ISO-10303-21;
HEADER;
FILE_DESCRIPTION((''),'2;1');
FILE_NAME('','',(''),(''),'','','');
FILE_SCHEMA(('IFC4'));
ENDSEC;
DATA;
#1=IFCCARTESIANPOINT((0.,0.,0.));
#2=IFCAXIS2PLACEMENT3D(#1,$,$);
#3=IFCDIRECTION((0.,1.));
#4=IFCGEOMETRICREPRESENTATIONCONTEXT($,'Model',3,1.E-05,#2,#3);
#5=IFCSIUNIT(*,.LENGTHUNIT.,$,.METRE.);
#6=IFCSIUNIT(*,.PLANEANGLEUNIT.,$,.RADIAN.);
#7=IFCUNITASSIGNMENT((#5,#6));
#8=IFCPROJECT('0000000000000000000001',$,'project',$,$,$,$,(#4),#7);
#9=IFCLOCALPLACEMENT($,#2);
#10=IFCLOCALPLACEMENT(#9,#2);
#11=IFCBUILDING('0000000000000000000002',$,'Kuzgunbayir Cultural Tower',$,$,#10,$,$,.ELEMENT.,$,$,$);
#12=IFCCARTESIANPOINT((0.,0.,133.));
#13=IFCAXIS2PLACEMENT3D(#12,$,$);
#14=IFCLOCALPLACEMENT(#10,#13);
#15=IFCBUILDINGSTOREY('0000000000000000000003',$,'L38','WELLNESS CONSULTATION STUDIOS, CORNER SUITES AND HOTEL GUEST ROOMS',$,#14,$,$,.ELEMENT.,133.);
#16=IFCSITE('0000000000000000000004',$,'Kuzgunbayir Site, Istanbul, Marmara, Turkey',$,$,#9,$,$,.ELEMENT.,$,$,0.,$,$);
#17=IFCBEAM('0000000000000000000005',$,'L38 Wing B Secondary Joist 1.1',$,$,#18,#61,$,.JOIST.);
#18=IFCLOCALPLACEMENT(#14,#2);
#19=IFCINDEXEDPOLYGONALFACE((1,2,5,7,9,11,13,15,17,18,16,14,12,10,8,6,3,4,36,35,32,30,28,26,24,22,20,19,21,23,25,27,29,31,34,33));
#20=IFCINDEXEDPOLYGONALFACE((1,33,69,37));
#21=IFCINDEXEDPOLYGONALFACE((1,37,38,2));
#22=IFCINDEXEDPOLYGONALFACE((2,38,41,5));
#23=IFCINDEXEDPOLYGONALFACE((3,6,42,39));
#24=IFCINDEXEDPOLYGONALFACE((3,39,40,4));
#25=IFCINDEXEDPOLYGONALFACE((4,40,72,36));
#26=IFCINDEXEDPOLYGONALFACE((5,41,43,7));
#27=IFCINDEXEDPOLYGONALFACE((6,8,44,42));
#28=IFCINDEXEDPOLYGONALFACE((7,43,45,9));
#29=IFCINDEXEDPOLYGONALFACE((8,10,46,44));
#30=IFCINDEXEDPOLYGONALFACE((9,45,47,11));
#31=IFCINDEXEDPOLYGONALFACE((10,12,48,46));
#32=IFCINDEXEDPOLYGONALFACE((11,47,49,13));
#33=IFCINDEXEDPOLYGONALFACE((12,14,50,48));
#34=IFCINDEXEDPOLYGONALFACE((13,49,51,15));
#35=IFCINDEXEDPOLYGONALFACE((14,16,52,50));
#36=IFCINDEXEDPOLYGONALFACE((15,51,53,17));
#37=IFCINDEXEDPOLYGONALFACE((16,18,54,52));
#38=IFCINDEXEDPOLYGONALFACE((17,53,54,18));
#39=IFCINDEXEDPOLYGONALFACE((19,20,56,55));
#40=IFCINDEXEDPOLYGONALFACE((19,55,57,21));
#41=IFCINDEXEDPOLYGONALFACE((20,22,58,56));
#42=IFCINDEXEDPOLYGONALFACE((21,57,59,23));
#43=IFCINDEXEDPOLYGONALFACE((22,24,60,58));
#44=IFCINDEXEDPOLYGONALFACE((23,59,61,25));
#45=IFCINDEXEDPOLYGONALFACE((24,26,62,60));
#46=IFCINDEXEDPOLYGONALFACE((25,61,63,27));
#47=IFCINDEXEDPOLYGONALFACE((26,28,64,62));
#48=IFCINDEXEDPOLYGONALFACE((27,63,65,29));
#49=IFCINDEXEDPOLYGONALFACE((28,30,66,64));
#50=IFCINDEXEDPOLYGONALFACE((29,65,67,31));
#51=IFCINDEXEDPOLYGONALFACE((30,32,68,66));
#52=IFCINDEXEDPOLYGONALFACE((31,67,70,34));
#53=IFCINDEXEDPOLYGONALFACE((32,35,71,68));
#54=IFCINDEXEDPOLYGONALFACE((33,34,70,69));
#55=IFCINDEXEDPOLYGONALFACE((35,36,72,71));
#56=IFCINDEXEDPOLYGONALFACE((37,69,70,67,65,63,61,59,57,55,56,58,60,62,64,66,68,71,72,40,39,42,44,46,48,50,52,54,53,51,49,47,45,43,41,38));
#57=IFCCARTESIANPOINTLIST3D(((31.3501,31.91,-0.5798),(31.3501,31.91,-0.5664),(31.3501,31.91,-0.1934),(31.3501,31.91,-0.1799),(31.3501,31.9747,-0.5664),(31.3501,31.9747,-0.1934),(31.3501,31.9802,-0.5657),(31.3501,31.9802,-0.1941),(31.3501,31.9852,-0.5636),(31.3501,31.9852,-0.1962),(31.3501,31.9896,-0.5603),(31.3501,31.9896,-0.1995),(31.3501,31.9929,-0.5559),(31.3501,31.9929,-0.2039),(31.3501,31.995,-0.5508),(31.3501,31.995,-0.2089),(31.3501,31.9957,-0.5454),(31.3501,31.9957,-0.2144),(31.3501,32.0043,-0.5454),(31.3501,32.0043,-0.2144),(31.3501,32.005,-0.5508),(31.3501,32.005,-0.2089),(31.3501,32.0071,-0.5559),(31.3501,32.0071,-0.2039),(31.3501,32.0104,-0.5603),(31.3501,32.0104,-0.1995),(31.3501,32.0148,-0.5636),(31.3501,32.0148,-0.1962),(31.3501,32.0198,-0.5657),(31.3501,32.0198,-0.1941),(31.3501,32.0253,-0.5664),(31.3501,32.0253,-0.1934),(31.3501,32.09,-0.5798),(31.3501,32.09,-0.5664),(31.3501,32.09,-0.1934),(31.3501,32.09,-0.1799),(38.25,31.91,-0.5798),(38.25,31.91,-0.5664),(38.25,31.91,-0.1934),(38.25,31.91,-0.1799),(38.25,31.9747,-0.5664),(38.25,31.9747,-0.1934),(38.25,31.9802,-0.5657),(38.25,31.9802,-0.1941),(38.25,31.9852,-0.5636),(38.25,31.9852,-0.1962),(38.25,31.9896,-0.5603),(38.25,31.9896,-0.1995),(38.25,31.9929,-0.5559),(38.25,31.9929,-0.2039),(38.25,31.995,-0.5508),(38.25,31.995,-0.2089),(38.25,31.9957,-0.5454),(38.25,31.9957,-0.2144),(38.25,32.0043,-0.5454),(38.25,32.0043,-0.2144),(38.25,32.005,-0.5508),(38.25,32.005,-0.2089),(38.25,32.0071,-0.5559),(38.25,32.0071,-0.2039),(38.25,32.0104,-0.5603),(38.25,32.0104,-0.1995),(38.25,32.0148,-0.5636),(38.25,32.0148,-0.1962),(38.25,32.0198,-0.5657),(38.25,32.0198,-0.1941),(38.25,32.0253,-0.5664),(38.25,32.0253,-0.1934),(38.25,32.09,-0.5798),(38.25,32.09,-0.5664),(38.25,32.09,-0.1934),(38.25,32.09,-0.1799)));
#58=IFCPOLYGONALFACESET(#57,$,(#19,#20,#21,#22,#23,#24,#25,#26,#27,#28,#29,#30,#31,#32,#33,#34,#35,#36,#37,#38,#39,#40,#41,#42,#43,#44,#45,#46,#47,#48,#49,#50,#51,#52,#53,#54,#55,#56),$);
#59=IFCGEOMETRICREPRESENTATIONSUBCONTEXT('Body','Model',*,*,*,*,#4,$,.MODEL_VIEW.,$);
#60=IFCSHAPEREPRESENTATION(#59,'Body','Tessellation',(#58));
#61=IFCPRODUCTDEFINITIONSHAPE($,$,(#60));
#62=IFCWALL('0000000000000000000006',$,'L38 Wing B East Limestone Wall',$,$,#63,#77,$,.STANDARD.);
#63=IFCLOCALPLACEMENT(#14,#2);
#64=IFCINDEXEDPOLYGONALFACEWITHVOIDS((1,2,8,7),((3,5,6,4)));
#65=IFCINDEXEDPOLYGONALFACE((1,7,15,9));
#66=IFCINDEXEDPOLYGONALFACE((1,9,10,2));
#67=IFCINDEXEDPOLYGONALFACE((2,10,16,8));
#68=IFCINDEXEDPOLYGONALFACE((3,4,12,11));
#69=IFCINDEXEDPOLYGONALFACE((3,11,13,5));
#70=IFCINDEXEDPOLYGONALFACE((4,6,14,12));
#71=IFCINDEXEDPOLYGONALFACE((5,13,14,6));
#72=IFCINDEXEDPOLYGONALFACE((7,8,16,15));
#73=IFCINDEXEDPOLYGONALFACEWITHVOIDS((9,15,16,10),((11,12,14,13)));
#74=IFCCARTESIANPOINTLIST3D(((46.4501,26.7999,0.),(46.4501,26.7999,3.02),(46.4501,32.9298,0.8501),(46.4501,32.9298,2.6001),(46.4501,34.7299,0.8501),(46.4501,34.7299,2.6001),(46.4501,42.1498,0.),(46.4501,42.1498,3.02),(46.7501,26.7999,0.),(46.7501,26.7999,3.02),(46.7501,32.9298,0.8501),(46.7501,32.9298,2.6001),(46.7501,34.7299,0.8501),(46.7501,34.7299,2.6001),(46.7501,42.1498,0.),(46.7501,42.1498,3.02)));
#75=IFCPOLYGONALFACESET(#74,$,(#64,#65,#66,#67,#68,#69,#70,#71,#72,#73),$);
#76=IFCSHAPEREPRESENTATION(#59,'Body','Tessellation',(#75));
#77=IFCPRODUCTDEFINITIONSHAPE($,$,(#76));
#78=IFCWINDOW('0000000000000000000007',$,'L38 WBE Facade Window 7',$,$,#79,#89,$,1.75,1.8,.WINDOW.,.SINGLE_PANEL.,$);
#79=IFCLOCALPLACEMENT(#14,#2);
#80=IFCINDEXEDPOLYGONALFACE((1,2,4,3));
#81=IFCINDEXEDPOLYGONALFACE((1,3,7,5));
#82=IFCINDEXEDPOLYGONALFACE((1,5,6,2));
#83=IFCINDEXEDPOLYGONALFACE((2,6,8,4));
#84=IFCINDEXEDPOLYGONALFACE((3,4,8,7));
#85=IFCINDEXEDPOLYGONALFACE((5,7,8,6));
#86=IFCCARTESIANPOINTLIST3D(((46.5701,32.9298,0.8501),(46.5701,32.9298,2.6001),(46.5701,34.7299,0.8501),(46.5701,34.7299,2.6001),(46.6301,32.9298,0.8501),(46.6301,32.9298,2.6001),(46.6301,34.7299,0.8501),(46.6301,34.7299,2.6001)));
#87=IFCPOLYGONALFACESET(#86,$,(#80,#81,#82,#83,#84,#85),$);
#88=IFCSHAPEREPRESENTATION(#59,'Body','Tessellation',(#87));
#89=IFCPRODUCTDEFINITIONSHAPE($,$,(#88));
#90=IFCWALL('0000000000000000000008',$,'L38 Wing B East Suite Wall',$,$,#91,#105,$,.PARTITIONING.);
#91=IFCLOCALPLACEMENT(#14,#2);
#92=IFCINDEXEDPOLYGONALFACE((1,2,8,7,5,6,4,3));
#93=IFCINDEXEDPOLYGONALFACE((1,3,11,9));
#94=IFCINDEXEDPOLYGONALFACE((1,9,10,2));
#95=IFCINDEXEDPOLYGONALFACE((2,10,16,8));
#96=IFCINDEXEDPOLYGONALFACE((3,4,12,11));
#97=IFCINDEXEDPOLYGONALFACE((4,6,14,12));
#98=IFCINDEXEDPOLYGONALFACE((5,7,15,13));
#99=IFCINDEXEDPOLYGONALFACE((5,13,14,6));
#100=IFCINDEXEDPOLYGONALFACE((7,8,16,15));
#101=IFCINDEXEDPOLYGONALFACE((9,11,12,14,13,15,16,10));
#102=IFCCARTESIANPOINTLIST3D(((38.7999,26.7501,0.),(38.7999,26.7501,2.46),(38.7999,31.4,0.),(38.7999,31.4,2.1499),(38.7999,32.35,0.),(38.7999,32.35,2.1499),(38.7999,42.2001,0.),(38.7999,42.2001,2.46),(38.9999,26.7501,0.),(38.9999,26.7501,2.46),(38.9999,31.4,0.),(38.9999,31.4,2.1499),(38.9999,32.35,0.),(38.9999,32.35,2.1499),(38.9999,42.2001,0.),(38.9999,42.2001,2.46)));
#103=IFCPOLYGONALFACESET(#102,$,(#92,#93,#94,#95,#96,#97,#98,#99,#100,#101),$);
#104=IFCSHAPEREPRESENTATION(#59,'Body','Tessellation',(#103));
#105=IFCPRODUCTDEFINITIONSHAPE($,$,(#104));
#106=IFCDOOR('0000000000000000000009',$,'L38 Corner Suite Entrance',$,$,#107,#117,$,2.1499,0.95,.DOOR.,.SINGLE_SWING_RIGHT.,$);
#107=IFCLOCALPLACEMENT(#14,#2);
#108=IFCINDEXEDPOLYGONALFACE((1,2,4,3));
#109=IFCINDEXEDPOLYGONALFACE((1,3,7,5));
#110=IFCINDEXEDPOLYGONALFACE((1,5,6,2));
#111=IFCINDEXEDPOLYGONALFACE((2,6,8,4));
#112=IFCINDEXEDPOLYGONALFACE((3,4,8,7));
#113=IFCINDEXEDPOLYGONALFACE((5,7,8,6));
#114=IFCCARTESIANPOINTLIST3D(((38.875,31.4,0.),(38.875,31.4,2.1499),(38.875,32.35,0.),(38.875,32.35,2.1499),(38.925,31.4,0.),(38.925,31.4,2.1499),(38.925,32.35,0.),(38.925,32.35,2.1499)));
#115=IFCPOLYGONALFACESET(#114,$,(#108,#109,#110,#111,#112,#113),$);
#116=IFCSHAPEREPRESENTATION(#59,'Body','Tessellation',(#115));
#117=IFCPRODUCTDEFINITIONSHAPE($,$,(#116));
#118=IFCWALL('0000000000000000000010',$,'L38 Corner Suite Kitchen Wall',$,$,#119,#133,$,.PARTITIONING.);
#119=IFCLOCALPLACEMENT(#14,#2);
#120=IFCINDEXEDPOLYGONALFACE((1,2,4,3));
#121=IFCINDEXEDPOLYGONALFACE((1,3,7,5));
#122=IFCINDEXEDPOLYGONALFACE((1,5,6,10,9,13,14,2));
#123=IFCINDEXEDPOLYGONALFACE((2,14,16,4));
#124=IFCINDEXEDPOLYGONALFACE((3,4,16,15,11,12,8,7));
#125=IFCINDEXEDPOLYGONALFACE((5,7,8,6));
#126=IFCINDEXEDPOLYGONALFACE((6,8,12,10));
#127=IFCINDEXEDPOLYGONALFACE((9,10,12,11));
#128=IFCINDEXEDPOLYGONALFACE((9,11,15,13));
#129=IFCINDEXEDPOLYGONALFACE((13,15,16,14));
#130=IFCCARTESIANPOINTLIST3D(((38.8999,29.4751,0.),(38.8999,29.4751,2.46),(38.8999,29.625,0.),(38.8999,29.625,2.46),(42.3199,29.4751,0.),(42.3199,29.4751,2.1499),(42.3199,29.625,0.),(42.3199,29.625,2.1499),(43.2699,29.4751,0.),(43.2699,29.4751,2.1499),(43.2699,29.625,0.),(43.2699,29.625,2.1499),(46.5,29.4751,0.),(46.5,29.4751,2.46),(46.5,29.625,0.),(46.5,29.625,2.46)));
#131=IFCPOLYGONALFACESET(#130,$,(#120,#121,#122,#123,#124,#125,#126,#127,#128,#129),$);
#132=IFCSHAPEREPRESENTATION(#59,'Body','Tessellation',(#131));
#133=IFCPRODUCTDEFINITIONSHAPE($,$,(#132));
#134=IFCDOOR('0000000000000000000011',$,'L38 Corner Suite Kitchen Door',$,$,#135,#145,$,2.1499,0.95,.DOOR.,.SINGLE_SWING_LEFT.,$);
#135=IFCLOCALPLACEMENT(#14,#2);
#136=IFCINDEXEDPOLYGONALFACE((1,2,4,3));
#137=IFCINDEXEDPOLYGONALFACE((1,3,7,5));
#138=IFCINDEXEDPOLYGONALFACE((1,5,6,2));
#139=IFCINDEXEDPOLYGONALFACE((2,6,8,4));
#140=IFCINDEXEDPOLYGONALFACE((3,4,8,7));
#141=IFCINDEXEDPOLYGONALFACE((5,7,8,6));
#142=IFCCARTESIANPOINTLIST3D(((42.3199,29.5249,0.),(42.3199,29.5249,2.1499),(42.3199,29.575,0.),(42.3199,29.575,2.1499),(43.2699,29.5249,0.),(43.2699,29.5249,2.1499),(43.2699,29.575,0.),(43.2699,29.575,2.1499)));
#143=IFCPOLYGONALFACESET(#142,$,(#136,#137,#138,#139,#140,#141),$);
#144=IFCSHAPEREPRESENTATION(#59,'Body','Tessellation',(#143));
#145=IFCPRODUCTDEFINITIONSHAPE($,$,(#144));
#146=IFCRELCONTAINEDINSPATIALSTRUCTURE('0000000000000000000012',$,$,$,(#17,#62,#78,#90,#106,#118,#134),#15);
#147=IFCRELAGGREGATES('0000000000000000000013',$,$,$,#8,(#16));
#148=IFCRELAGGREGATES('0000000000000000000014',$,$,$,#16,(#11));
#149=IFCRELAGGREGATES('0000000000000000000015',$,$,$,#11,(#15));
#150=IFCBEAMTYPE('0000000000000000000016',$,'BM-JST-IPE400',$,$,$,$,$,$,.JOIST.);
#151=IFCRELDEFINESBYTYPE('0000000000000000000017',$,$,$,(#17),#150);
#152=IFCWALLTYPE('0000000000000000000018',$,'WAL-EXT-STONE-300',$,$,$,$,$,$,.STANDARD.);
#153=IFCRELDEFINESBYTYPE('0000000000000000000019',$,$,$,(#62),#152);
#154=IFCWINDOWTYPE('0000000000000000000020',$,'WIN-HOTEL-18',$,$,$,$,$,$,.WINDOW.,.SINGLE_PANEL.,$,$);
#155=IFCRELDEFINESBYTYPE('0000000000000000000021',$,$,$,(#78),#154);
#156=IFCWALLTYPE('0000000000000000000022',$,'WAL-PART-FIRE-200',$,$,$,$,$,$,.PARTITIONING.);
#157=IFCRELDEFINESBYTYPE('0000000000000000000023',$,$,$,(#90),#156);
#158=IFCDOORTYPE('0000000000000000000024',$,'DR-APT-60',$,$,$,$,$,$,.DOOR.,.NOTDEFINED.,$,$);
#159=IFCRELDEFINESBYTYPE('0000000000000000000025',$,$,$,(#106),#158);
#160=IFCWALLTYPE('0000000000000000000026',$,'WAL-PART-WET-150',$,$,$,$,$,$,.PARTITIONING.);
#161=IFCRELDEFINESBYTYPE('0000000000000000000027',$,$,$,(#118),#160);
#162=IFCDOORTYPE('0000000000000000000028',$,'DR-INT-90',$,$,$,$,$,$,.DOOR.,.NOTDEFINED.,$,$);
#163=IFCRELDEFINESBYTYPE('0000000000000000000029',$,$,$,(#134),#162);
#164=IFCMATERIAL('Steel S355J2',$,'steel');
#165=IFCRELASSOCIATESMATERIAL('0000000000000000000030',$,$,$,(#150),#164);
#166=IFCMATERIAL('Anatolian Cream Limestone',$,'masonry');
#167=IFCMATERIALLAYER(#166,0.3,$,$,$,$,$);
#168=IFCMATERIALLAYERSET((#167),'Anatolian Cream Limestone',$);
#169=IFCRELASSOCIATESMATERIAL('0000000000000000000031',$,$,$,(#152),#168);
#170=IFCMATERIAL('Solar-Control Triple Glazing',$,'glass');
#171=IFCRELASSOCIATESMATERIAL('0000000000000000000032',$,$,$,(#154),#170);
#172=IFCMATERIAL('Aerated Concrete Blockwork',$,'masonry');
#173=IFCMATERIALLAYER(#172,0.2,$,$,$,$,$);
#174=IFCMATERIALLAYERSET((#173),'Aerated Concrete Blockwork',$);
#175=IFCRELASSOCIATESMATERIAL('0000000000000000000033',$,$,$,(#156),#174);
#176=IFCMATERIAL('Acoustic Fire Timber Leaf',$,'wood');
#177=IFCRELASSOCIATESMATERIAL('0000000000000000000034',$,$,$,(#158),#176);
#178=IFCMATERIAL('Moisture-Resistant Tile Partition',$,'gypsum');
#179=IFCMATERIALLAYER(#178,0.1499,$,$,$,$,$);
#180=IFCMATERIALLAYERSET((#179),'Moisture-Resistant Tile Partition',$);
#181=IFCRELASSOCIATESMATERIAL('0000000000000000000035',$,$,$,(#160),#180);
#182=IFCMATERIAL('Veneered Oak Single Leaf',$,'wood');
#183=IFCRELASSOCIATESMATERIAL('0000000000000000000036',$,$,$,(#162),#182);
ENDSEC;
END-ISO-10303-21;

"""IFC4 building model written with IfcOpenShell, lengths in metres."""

from ifc_helpers import new_model, si_unit, direction, frame, frame_2d, origin, origin_2d, place, context, subcontext, project, spatial, rectangle, i_section, extrude, material, layer, layer_set, material_profile, profile_set, type_object, element, fill, save


model = new_model("IFC4")

# Units and contexts
model_context = context("Model", 3, precision=1e-05, world=origin(), true_north=direction((0.0, 1.0)))
body_context = subcontext(model_context, "Body", "Model", "MODEL_VIEW")
ifc_project = project(units=[si_unit("LENGTHUNIT", "METRE"), si_unit("PLANEANGLEUNIT", "RADIAN")], contexts=[model_context])

# Site, building, storey
site_placement = place(None, origin())
site = spatial("IfcSite", under=ifc_project, at=site_placement, Name="Kuzgunbayir Site, Istanbul, Marmara, Turkey", CompositionType="ELEMENT", RefElevation=0.0)
building_placement = place(site_placement, origin())
building = spatial("IfcBuilding", under=site, at=building_placement, Name="Kuzgunbayir Cultural Tower", CompositionType="ELEMENT")
storey_placement = place(building_placement, frame((0.0, 0.0, 133.0)))
storey = spatial("IfcBuildingStorey", under=building, at=storey_placement, Name="L38", Description="WELLNESS CONSULTATION STUDIOS, CORNER SUITES AND HOTEL GUEST ROOMS", CompositionType="ELEMENT", Elevation=133.0)

# Beam
ifc_material_1 = material(Name="Steel S355J2", Category="steel")
ifc_material_profile_1 = material_profile(ifc_material_1, i_section(OverallWidth=0.1799, OverallDepth=0.3999, WebThickness=0.0085, FlangeThickness=0.0134, FilletRadius=0.021, at=origin_2d()), Name="IPE 400")
ifc_profile_set_1 = profile_set([ifc_material_profile_1], Name="Steel S355J2")
beam_type_1 = type_object("IfcBeamType", Name="BM-JST-IPE400", PredefinedType="JOIST", material=ifc_profile_set_1)
beam_1_placement = place(storey_placement, frame((31.3501, 32.0, -0.3799), z_axis=(1.0, 0.0, 0.0), x_axis=(0.0, 1.0, 0.0)))
element("IfcBeam", 1, at=beam_1_placement, inside=storey, type_object=beam_type_1, Name="L38 Wing B Secondary Joist 1.1", PredefinedType="JOIST", context=body_context, shape_type="SweptSolid", body=[
    extrude(i_section(OverallWidth=0.1799, OverallDepth=0.3999, WebThickness=0.0085, FlangeThickness=0.0134, FilletRadius=0.021, at=origin_2d()), origin(), (0.0, 0.0, 1.0), 6.8999),
])

# Wall, opening, window
ifc_material_2 = material(Name="Anatolian Cream Limestone", Category="masonry")
ifc_layer_1 = layer(ifc_material_2, 0.3)
ifc_layer_set_1 = layer_set([ifc_layer_1], Name="Anatolian Cream Limestone")
wall_type_1 = type_object("IfcWallType", Name="WAL-EXT-STONE-300", PredefinedType="STANDARD", material=ifc_layer_set_1)
wall_1_placement = place(storey_placement, frame((46.6001, 26.8, 0.0), z_axis=(0.0, 0.0, 1.0), x_axis=(0.0, 1.0, 0.0)))
wall_1 = element("IfcWall", 2, at=wall_1_placement, inside=storey, type_object=wall_type_1, Name="L38 Wing B East Limestone Wall", PredefinedType="STANDARD", context=body_context, shape_type="SweptSolid", body=[
    extrude(rectangle(XDim=15.3499, YDim=0.3, at=frame_2d((7.6748, 0.0))), origin(), (0.0, 0.0, 1.0), 3.02),
])
opening_1_placement = place(wall_1_placement, frame((6.1299, 0.0, 0.8501)))
opening_1 = element("IfcOpeningElement", 3, at=opening_1_placement, cuts=wall_1, PredefinedType="OPENING", context=body_context, shape_type="SweptSolid", body=[
    extrude(rectangle(XDim=1.8, YDim=1.75, at=frame_2d((0.8999, 0.875))), frame((0.0, 0.1602, 0.0), z_axis=(0.0, -1.0, 0.0), x_axis=(1.0, 0.0, 0.0)), (0.0, 0.0, 1.0), 0.3201),
])
ifc_material_3 = material(Name="Solar-Control Triple Glazing", Category="glass")
window_type = type_object("IfcWindowType", Name="WIN-HOTEL-18", PartitioningType="SINGLE_PANEL", PredefinedType="WINDOW", material=ifc_material_3)
window_placement = place(opening_1_placement, origin())
window = element("IfcWindow", 4, at=window_placement, inside=storey, type_object=window_type, Name="L38 WBE Facade Window 7", OverallHeight=1.75, OverallWidth=1.8, PartitioningType="SINGLE_PANEL", PredefinedType="WINDOW", context=body_context, shape_type="SweptSolid", body=[
    extrude(rectangle(XDim=1.8, YDim=1.75, at=frame_2d((0.8999, 0.875))), frame((0.0, 0.03, 0.0), z_axis=(0.0, -1.0, 0.0), x_axis=(1.0, 0.0, 0.0)), (0.0, 0.0, 1.0), 0.0601),
])
fill(opening_1, window)

# Walls, openings, doors
ifc_material_4 = material(Name="Aerated Concrete Blockwork", Category="masonry")
ifc_layer_2 = layer(ifc_material_4, 0.2)
ifc_layer_set_2 = layer_set([ifc_layer_2], Name="Aerated Concrete Blockwork")
wall_type_2 = type_object("IfcWallType", Name="WAL-PART-FIRE-200", PredefinedType="PARTITIONING", material=ifc_layer_set_2)
wall_2_placement = place(storey_placement, frame((38.8999, 26.75, 0.0), z_axis=(0.0, 0.0, 1.0), x_axis=(0.0, 1.0, 0.0)))
wall_2 = element("IfcWall", 5, at=wall_2_placement, inside=storey, type_object=wall_type_2, Name="L38 Wing B East Suite Wall", PredefinedType="PARTITIONING", context=body_context, shape_type="SweptSolid", body=[
    extrude(rectangle(XDim=15.45, YDim=0.2, at=frame_2d((7.7251, 0.0))), origin(), (0.0, 0.0, 1.0), 2.46),
])
opening_2_placement = place(wall_2_placement, frame((4.6499, 0.0, 0.0)))
opening_2 = element("IfcOpeningElement", 6, at=opening_2_placement, cuts=wall_2, PredefinedType="OPENING", context=body_context, shape_type="SweptSolid", body=[
    extrude(rectangle(XDim=0.95, YDim=2.1499, at=frame_2d((0.4751, 1.075))), frame((0.0, 0.1099, 0.0), z_axis=(0.0, -1.0, 0.0), x_axis=(1.0, 0.0, 0.0)), (0.0, 0.0, 1.0), 0.22),
])
ifc_material_5 = material(Name="Acoustic Fire Timber Leaf", Category="wood")
door_type_1 = type_object("IfcDoorType", Name="DR-APT-60", OperationType="NOTDEFINED", PredefinedType="DOOR", material=ifc_material_5)
door_1_placement = place(opening_2_placement, origin())
door_1 = element("IfcDoor", 7, at=door_1_placement, inside=storey, type_object=door_type_1, Name="L38 Corner Suite Entrance", OperationType="SINGLE_SWING_RIGHT", OverallHeight=2.1499, OverallWidth=0.95, PredefinedType="DOOR", context=body_context, shape_type="SweptSolid", body=[
    extrude(rectangle(XDim=0.95, YDim=2.1499, at=frame_2d((0.4751, 1.075))), frame((0.0, 0.0249, 0.0), z_axis=(0.0, -1.0, 0.0), x_axis=(1.0, 0.0, 0.0)), (0.0, 0.0, 1.0), 0.05),
])
fill(opening_2, door_1)
ifc_material_6 = material(Name="Moisture-Resistant Tile Partition", Category="gypsum")
ifc_layer_3 = layer(ifc_material_6, 0.1499)
ifc_layer_set_3 = layer_set([ifc_layer_3], Name="Moisture-Resistant Tile Partition")
wall_type_3 = type_object("IfcWallType", Name="WAL-PART-WET-150", PredefinedType="PARTITIONING", material=ifc_layer_set_3)
wall_3_placement = place(storey_placement, frame((38.8999, 29.55, 0.0), z_axis=(0.0, 0.0, 1.0), x_axis=(1.0, 0.0, 0.0)))
wall_3 = element("IfcWall", 8, at=wall_3_placement, inside=storey, type_object=wall_type_3, Name="L38 Corner Suite Kitchen Wall", PredefinedType="PARTITIONING", context=body_context, shape_type="SweptSolid", body=[
    extrude(rectangle(XDim=7.6001, YDim=0.1499, at=frame_2d((3.8, 0.0))), origin(), (0.0, 0.0, 1.0), 2.46),
])
opening_3_placement = place(wall_3_placement, frame((3.4199, 0.0, 0.0)))
opening_3 = element("IfcOpeningElement", 9, at=opening_3_placement, cuts=wall_3, PredefinedType="OPENING", context=body_context, shape_type="SweptSolid", body=[
    extrude(rectangle(XDim=0.95, YDim=2.1499, at=frame_2d((0.4751, 1.075))), frame((0.0, 0.085, 0.0), z_axis=(0.0, -1.0, 0.0), x_axis=(1.0, 0.0, 0.0)), (0.0, 0.0, 1.0), 0.1699),
])
ifc_material_7 = material(Name="Veneered Oak Single Leaf", Category="wood")
door_type_2 = type_object("IfcDoorType", Name="DR-INT-90", OperationType="NOTDEFINED", PredefinedType="DOOR", material=ifc_material_7)
door_2_placement = place(opening_3_placement, origin())
door_2 = element("IfcDoor", 10, at=door_2_placement, inside=storey, type_object=door_type_2, Name="L38 Corner Suite Kitchen Door", OperationType="SINGLE_SWING_LEFT", OverallHeight=2.1499, OverallWidth=0.95, PredefinedType="DOOR", context=body_context, shape_type="SweptSolid", body=[
    extrude(rectangle(XDim=0.95, YDim=2.1499, at=frame_2d((0.4751, 1.075))), frame((0.0, 0.0249, 0.0), z_axis=(0.0, -1.0, 0.0), x_axis=(1.0, 0.0, 0.0)), (0.0, 0.0, 1.0), 0.05),
])
fill(opening_3, door_2)

save(model, "model.ifc")
